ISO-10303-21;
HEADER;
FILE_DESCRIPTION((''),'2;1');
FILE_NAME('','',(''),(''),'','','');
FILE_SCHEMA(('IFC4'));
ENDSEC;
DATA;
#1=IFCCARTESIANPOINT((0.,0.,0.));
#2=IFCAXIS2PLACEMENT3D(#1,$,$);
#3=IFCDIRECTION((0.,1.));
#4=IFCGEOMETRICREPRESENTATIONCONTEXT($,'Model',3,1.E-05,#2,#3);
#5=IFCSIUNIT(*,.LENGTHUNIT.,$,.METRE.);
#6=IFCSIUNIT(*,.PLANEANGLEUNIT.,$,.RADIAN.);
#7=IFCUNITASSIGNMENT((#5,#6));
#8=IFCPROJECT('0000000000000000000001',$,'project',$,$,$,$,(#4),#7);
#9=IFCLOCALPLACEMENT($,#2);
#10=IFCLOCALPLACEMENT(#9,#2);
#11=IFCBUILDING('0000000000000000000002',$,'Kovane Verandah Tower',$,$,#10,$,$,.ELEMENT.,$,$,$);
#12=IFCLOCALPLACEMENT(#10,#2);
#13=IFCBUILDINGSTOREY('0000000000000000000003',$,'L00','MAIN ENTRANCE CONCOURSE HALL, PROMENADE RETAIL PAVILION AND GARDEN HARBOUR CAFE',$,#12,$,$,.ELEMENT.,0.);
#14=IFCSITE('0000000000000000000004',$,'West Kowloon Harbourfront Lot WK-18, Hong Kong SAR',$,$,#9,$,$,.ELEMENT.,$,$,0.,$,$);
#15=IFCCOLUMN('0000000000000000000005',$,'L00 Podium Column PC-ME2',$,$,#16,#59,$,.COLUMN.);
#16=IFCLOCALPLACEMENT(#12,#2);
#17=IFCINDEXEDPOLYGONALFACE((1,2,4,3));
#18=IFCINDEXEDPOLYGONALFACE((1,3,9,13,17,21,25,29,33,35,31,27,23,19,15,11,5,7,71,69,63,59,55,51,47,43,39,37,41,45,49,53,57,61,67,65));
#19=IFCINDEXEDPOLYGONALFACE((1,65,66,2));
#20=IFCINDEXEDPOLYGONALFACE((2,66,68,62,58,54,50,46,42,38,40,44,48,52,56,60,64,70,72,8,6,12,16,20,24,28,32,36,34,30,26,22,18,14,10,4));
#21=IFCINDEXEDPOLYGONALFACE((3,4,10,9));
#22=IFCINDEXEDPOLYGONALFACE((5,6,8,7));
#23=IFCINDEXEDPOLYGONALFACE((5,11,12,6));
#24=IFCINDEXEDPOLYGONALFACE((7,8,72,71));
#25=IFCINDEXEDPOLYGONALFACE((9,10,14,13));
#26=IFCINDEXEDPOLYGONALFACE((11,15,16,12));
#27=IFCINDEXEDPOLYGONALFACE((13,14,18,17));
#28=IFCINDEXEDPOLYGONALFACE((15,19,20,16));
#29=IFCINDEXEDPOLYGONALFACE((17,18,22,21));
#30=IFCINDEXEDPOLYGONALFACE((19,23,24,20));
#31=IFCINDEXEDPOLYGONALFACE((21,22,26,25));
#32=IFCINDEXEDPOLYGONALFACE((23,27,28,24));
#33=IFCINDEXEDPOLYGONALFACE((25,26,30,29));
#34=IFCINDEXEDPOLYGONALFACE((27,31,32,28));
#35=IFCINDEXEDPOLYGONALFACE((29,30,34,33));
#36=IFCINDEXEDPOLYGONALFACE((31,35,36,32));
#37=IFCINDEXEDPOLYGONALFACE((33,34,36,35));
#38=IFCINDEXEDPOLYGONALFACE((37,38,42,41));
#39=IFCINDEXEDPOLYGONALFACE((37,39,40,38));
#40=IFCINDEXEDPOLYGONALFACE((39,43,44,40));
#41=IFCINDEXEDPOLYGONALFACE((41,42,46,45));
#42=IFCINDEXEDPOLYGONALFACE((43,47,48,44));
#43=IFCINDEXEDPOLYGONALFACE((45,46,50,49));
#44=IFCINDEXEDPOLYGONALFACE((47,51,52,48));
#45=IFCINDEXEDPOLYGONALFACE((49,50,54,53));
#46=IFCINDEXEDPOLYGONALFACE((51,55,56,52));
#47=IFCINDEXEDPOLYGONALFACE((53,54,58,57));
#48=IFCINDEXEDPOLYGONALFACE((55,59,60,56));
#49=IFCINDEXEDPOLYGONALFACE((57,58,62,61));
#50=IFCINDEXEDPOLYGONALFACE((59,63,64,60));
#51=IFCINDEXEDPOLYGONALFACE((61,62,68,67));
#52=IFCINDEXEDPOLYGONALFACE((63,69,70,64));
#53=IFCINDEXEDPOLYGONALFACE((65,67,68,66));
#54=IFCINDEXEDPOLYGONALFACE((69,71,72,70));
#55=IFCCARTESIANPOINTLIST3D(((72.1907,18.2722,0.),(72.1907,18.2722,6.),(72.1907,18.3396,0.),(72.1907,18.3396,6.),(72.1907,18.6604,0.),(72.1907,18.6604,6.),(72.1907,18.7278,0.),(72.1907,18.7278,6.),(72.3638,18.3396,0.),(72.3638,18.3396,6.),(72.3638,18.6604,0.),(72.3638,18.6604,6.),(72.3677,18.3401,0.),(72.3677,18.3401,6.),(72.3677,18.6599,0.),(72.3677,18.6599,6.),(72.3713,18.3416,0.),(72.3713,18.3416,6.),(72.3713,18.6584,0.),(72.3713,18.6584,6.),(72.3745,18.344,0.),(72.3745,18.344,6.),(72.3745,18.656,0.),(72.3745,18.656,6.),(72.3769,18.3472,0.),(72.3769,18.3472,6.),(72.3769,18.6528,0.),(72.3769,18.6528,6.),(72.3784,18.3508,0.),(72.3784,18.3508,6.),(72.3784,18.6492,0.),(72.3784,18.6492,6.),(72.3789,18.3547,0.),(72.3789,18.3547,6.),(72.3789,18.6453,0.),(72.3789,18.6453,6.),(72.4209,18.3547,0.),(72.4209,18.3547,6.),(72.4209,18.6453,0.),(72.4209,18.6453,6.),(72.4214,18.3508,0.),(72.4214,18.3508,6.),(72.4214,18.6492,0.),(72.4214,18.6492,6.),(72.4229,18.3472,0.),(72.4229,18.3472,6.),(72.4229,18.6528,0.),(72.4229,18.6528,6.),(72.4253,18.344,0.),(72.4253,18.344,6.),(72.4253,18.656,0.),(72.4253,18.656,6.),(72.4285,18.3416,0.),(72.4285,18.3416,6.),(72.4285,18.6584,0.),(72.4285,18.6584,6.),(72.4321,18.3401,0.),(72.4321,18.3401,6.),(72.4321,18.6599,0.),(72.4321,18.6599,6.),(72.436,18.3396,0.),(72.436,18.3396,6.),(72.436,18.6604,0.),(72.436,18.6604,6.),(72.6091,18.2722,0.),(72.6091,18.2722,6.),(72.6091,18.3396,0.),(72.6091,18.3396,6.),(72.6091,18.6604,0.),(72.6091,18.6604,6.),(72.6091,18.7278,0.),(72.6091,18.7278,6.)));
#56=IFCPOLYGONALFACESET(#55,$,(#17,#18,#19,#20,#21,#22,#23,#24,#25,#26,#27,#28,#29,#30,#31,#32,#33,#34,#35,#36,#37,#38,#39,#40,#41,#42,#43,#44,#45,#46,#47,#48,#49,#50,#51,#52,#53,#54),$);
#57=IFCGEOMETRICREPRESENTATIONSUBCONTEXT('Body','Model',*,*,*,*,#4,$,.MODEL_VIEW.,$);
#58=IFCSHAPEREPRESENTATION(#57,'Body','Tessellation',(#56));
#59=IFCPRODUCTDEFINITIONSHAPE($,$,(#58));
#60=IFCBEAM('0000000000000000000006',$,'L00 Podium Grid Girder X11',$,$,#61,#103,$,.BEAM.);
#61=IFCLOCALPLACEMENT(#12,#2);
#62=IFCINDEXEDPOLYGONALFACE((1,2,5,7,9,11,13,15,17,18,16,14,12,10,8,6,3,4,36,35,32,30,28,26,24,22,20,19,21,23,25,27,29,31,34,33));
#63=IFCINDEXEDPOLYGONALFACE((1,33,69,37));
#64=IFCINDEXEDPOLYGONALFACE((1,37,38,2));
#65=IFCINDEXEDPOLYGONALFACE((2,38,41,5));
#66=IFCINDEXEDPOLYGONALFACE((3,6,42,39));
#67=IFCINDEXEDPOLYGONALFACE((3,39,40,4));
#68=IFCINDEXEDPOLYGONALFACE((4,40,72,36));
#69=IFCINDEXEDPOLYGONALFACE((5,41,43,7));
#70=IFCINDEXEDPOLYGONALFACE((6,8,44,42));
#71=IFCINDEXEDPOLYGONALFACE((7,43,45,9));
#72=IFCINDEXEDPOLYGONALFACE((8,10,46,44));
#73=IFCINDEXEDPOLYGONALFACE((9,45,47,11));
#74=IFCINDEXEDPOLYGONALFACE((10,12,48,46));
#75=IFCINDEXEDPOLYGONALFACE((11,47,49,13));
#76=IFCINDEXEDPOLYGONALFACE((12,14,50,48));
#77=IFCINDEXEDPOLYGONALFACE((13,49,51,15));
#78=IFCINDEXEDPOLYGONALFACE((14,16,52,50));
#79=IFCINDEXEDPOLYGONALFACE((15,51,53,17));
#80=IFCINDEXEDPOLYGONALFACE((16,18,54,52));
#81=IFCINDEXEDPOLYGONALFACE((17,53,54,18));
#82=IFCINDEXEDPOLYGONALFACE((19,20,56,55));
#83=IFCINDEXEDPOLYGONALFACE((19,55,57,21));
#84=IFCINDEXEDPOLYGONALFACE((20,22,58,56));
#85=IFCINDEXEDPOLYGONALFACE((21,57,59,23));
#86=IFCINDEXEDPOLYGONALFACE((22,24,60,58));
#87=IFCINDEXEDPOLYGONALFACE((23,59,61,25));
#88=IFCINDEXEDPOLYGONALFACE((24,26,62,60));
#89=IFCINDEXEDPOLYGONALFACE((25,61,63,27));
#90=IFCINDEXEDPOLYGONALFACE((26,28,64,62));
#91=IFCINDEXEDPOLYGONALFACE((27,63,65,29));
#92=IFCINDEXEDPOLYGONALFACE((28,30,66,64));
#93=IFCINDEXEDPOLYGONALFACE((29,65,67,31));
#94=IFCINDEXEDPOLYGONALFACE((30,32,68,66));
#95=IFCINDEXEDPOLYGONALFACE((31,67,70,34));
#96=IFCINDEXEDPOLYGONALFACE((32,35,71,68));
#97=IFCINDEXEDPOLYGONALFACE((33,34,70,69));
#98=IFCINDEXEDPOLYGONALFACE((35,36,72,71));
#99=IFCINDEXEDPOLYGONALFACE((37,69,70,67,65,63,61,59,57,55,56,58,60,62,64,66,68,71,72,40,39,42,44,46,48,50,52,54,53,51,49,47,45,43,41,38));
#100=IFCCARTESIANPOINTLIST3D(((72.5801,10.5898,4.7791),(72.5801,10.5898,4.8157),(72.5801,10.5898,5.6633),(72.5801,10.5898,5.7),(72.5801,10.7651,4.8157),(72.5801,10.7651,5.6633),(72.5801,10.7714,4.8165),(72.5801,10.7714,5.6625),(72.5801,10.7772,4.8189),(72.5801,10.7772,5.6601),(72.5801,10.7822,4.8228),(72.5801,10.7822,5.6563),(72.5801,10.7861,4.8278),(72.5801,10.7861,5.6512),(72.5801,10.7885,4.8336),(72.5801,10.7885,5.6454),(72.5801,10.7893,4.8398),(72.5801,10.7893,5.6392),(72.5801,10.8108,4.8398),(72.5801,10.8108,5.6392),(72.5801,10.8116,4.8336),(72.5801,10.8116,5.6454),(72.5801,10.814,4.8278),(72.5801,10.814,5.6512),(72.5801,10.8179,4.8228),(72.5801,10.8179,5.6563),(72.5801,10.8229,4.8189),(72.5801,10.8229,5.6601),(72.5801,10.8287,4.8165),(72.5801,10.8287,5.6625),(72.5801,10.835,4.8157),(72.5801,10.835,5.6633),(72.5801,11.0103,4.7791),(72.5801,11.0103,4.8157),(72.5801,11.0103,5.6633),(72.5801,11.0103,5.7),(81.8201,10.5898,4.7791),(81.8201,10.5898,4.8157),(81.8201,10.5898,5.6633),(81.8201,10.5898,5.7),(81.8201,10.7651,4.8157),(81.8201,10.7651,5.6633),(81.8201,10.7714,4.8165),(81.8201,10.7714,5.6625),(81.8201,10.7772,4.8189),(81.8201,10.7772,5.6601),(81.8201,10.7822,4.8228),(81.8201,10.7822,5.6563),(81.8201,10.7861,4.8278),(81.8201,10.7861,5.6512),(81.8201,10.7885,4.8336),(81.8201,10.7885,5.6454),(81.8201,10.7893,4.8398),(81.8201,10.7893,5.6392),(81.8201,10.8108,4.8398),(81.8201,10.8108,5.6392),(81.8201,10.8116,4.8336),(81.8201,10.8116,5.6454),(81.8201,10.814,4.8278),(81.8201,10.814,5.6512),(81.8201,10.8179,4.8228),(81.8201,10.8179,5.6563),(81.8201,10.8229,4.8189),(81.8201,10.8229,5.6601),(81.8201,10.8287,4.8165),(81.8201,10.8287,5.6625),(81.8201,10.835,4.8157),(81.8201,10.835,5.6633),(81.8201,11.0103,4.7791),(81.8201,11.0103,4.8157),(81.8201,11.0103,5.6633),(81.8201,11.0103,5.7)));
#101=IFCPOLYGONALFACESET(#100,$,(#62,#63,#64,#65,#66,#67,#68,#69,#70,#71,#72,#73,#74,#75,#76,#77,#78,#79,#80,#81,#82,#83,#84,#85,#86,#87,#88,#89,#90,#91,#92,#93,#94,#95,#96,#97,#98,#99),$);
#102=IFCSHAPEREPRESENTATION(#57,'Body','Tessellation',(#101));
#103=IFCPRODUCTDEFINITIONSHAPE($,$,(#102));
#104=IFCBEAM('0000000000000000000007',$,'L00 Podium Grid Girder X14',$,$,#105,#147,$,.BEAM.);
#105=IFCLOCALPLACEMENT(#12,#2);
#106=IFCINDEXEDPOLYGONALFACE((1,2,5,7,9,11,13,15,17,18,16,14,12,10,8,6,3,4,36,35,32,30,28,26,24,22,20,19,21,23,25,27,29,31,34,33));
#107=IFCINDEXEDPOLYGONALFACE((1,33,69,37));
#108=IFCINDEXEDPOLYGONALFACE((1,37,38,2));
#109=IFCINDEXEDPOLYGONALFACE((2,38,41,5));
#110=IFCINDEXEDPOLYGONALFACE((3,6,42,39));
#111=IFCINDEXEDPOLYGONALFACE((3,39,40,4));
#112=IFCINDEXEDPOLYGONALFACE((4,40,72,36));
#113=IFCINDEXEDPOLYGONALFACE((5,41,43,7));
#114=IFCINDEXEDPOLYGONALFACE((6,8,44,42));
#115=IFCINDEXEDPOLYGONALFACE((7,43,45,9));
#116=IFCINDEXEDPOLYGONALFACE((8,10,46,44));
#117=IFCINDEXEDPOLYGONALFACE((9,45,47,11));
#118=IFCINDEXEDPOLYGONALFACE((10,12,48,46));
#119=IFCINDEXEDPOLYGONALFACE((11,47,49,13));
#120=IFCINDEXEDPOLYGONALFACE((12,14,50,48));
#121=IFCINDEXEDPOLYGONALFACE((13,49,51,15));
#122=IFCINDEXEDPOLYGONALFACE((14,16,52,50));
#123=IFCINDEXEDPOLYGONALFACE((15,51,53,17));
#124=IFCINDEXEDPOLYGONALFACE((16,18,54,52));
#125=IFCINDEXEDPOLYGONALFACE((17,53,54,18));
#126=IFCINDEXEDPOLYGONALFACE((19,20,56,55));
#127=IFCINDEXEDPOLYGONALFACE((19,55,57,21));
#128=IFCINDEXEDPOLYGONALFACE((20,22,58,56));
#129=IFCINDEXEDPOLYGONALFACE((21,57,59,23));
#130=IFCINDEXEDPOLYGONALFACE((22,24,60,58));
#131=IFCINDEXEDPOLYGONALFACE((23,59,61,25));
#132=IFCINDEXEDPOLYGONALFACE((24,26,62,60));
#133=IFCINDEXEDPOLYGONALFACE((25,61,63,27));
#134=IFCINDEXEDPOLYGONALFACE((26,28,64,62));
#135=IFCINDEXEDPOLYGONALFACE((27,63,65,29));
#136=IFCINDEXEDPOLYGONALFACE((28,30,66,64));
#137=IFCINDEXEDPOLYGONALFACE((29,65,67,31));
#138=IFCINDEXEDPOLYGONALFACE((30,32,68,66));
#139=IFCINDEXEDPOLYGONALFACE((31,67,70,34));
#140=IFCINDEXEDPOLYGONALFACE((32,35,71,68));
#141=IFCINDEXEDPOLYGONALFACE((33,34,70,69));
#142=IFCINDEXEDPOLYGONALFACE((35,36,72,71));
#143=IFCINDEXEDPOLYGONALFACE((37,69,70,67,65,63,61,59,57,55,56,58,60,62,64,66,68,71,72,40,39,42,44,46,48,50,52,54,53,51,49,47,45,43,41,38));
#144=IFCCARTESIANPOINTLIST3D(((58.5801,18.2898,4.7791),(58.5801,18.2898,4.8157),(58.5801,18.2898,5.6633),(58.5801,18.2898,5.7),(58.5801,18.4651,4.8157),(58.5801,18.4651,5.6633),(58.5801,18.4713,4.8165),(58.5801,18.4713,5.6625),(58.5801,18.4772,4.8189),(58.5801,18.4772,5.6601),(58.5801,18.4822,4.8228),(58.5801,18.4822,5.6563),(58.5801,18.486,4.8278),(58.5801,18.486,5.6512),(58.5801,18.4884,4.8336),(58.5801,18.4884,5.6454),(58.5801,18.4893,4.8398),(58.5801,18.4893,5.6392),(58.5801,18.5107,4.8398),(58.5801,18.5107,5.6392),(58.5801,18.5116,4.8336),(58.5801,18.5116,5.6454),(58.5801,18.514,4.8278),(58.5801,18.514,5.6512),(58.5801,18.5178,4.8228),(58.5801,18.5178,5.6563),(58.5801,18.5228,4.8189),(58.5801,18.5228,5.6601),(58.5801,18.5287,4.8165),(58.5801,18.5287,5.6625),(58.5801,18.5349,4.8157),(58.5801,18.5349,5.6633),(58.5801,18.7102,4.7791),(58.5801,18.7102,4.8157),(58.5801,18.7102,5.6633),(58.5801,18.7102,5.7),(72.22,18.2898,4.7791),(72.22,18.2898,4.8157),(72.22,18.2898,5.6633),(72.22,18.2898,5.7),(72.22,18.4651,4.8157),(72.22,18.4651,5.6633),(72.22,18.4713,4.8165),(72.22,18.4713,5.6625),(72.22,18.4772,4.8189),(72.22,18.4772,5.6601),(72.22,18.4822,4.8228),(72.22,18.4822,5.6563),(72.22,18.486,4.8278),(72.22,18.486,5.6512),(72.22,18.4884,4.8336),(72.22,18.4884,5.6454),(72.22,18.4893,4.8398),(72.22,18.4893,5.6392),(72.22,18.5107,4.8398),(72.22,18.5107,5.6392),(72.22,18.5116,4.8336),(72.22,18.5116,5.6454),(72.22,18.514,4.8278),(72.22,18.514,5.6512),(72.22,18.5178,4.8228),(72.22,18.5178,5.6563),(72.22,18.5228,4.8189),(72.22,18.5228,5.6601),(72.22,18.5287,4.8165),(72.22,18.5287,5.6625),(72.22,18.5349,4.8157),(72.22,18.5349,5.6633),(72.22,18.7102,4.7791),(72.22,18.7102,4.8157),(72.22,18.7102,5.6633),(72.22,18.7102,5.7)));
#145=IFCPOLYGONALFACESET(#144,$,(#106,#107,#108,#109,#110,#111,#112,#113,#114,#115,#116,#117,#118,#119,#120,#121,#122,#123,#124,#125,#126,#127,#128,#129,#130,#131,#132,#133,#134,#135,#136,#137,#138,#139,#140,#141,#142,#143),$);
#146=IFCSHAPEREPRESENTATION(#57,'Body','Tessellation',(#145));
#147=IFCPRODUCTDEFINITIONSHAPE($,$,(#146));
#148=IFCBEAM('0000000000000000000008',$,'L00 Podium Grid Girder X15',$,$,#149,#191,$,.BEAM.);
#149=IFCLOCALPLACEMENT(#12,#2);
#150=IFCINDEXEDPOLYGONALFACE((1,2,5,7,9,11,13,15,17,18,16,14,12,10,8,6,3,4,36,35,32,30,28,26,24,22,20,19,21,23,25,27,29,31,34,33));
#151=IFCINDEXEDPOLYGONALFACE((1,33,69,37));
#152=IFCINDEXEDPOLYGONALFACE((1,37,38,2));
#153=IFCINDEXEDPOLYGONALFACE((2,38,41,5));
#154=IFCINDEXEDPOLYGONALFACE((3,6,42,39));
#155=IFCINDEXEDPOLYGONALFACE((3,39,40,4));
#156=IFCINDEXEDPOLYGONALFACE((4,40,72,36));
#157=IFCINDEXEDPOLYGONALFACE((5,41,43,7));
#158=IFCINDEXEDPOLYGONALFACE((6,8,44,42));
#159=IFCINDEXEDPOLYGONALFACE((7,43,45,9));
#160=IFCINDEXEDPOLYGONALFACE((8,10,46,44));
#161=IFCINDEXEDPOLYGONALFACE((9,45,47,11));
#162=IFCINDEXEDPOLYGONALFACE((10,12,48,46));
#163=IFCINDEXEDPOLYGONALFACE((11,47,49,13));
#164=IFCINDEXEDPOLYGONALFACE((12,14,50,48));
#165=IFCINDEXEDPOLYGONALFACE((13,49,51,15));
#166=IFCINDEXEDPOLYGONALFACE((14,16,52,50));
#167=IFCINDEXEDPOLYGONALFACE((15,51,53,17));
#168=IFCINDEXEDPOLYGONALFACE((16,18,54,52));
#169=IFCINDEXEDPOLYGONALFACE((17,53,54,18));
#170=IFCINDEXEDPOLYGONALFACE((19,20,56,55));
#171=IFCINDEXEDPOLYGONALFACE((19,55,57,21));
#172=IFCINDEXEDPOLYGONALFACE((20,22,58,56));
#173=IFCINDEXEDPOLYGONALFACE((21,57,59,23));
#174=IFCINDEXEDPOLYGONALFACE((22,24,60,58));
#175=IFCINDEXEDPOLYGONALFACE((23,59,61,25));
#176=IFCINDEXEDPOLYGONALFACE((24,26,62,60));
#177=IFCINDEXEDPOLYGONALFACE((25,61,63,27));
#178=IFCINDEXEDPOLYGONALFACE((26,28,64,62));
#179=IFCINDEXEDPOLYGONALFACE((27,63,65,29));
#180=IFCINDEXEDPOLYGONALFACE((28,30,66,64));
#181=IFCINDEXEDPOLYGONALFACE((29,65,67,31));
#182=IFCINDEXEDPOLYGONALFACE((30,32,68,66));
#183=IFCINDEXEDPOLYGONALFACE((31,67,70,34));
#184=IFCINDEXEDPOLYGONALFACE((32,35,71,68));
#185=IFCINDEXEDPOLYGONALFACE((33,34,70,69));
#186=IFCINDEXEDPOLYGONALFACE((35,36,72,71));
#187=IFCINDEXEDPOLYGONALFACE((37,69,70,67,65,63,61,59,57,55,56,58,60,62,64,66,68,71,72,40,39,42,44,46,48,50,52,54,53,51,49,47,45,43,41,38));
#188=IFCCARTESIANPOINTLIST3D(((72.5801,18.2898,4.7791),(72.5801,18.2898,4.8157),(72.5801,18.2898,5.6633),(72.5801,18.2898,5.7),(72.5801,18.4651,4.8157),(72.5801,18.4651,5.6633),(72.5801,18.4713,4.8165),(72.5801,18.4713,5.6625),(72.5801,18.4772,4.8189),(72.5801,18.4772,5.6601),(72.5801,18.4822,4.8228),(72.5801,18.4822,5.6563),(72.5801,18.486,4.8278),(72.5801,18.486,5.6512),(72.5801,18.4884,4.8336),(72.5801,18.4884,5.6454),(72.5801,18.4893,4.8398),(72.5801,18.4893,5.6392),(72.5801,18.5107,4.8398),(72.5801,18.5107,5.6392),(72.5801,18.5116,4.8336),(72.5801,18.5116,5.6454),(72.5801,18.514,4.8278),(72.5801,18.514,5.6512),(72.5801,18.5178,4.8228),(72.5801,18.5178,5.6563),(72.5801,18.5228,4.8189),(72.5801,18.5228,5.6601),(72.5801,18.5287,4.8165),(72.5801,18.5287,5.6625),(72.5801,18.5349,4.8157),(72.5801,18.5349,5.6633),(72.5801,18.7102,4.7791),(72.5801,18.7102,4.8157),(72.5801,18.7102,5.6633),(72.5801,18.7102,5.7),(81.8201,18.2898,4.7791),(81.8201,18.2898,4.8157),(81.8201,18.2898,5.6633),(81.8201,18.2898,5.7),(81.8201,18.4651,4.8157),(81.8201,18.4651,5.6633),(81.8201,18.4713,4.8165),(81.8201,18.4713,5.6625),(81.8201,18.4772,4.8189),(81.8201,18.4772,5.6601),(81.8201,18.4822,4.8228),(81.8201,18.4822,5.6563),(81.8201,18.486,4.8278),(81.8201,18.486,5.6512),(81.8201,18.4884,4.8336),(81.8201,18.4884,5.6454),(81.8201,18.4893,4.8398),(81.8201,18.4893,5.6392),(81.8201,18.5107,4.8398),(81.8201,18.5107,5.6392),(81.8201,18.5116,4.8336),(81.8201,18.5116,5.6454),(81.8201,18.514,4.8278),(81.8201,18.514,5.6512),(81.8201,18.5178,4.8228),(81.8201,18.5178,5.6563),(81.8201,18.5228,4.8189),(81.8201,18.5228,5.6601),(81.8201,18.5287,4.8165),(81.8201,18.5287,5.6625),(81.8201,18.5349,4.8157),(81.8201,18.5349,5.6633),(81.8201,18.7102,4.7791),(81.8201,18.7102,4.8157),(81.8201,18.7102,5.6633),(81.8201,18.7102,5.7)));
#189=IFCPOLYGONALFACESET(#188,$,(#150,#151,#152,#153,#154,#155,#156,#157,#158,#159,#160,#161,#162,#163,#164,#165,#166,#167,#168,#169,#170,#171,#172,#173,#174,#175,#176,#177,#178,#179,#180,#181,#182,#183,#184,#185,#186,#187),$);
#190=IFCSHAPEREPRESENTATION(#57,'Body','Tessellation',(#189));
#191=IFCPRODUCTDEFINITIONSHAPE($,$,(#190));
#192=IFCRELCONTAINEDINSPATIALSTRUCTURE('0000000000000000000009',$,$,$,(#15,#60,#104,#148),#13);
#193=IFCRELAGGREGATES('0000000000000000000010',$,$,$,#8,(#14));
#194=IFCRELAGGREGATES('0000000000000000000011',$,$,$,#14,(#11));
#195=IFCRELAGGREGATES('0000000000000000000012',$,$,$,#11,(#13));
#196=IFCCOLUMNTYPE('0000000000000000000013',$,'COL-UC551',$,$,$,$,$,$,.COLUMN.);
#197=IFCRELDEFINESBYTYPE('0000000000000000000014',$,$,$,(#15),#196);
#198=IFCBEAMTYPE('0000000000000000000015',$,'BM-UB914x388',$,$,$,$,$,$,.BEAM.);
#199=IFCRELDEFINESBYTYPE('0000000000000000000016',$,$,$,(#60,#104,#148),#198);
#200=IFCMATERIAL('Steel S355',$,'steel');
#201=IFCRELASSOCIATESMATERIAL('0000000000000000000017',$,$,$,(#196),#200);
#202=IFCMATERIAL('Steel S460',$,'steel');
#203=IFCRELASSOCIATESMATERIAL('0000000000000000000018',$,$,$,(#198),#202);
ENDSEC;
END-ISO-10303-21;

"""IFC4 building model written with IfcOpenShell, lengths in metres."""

from ifc_helpers import new_model, si_unit, direction, frame, origin, origin_2d, place, context, subcontext, project, spatial, i_section, extrude, material, material_profile, profile_set, type_object, element, save


model = new_model("IFC4")

# Units and contexts
model_context = context("Model", 3, precision=1e-05, world=origin(), true_north=direction((0.0, 1.0)))
body_context = subcontext(model_context, "Body", "Model", "MODEL_VIEW")
ifc_project = project(units=[si_unit("LENGTHUNIT", "METRE"), si_unit("PLANEANGLEUNIT", "RADIAN")], contexts=[model_context])

# Site, building, storey
site_placement = place(None, origin())
site = spatial("IfcSite", under=ifc_project, at=site_placement, Name="West Kowloon Harbourfront Lot WK-18, Hong Kong SAR", CompositionType="ELEMENT", RefElevation=0.0)
building_placement = place(site_placement, origin())
building = spatial("IfcBuilding", under=site, at=building_placement, Name="Kovane Verandah Tower", CompositionType="ELEMENT")
storey_placement = place(building_placement, origin())
storey = spatial("IfcBuildingStorey", under=building, at=storey_placement, Name="L00", Description="MAIN ENTRANCE CONCOURSE HALL, PROMENADE RETAIL PAVILION AND GARDEN HARBOUR CAFE", CompositionType="ELEMENT", Elevation=0.0)

# Column
ifc_material_1 = material(Name="Steel S460", Category="steel")
ifc_material_2 = material(Name="Steel S355", Category="steel")
ifc_material_profile_1 = material_profile(ifc_material_2, i_section(OverallWidth=0.4185, OverallDepth=0.4556, WebThickness=0.042, FlangeThickness=0.0674, FilletRadius=0.0151, at=origin_2d()), Name="UC356x406x551")
ifc_profile_set_1 = profile_set([ifc_material_profile_1], Name="Steel S355")
column_type_1 = type_object("IfcColumnType", Name="COL-UC551", PredefinedType="COLUMN", material=ifc_profile_set_1)
for number, where, z_axis, x_axis, name in (
    (1, (72.3999, 18.5, 0.0), (0.0, 0.0, 1.0), (1.0, 0.0, 0.0), "L00 Podium Column PC-ME2"),
):
    element("IfcColumn", number, at=place(storey_placement, frame(where, z_axis=z_axis, x_axis=x_axis)), inside=storey, type_object=column_type_1, Name=name, PredefinedType="COLUMN", context=body_context, shape_type="SweptSolid", body=[
        extrude(i_section(OverallWidth=0.4185, OverallDepth=0.4556, WebThickness=0.042, FlangeThickness=0.0674, FilletRadius=0.0151, at=origin_2d()), origin(), (0.0, 0.0, 1.0), 6.0),
    ])

# Beams
ifc_material_profile_2 = material_profile(ifc_material_1, i_section(OverallWidth=0.4204, OverallDepth=0.9209, WebThickness=0.0215, FlangeThickness=0.0366, FilletRadius=0.0242, at=origin_2d()), Name="UB914x419x388")
ifc_profile_set_2 = profile_set([ifc_material_profile_2], Name="Steel S460")
beam_type = type_object("IfcBeamType", Name="BM-UB914x388", PredefinedType="BEAM", material=ifc_profile_set_2)
beam_1_placement = place(storey_placement, frame((72.5801, 10.8, 5.2395), z_axis=(1.0, 0.0, 0.0), x_axis=(0.0, 1.0, 0.0)))
element("IfcBeam", 2, at=beam_1_placement, inside=storey, type_object=beam_type, Name="L00 Podium Grid Girder X11", PredefinedType="BEAM", context=body_context, shape_type="SweptSolid", body=[
    extrude(i_section(OverallWidth=0.4204, OverallDepth=0.9209, WebThickness=0.0215, FlangeThickness=0.0366, FilletRadius=0.0242, at=origin_2d()), origin(), (0.0, 0.0, 1.0), 9.24),
])
beam_2_placement = place(storey_placement, frame((58.5801, 18.5, 5.2395), z_axis=(1.0, 0.0, 0.0), x_axis=(0.0, 1.0, 0.0)))
element("IfcBeam", 3, at=beam_2_placement, inside=storey, type_object=beam_type, Name="L00 Podium Grid Girder X14", PredefinedType="BEAM", context=body_context, shape_type="SweptSolid", body=[
    extrude(i_section(OverallWidth=0.4204, OverallDepth=0.9209, WebThickness=0.0215, FlangeThickness=0.0366, FilletRadius=0.0242, at=origin_2d()), origin(), (0.0, 0.0, 1.0), 13.6399),
])
beam_3_placement = place(storey_placement, frame((72.5801, 18.5, 5.2395), z_axis=(1.0, 0.0, 0.0), x_axis=(0.0, 1.0, 0.0)))
element("IfcBeam", 4, at=beam_3_placement, inside=storey, type_object=beam_type, Name="L00 Podium Grid Girder X15", PredefinedType="BEAM", context=body_context, shape_type="SweptSolid", body=[
    extrude(i_section(OverallWidth=0.4204, OverallDepth=0.9209, WebThickness=0.0215, FlangeThickness=0.0366, FilletRadius=0.0242, at=origin_2d()), origin(), (0.0, 0.0, 1.0), 9.24),
])

save(model, "model.ifc")
